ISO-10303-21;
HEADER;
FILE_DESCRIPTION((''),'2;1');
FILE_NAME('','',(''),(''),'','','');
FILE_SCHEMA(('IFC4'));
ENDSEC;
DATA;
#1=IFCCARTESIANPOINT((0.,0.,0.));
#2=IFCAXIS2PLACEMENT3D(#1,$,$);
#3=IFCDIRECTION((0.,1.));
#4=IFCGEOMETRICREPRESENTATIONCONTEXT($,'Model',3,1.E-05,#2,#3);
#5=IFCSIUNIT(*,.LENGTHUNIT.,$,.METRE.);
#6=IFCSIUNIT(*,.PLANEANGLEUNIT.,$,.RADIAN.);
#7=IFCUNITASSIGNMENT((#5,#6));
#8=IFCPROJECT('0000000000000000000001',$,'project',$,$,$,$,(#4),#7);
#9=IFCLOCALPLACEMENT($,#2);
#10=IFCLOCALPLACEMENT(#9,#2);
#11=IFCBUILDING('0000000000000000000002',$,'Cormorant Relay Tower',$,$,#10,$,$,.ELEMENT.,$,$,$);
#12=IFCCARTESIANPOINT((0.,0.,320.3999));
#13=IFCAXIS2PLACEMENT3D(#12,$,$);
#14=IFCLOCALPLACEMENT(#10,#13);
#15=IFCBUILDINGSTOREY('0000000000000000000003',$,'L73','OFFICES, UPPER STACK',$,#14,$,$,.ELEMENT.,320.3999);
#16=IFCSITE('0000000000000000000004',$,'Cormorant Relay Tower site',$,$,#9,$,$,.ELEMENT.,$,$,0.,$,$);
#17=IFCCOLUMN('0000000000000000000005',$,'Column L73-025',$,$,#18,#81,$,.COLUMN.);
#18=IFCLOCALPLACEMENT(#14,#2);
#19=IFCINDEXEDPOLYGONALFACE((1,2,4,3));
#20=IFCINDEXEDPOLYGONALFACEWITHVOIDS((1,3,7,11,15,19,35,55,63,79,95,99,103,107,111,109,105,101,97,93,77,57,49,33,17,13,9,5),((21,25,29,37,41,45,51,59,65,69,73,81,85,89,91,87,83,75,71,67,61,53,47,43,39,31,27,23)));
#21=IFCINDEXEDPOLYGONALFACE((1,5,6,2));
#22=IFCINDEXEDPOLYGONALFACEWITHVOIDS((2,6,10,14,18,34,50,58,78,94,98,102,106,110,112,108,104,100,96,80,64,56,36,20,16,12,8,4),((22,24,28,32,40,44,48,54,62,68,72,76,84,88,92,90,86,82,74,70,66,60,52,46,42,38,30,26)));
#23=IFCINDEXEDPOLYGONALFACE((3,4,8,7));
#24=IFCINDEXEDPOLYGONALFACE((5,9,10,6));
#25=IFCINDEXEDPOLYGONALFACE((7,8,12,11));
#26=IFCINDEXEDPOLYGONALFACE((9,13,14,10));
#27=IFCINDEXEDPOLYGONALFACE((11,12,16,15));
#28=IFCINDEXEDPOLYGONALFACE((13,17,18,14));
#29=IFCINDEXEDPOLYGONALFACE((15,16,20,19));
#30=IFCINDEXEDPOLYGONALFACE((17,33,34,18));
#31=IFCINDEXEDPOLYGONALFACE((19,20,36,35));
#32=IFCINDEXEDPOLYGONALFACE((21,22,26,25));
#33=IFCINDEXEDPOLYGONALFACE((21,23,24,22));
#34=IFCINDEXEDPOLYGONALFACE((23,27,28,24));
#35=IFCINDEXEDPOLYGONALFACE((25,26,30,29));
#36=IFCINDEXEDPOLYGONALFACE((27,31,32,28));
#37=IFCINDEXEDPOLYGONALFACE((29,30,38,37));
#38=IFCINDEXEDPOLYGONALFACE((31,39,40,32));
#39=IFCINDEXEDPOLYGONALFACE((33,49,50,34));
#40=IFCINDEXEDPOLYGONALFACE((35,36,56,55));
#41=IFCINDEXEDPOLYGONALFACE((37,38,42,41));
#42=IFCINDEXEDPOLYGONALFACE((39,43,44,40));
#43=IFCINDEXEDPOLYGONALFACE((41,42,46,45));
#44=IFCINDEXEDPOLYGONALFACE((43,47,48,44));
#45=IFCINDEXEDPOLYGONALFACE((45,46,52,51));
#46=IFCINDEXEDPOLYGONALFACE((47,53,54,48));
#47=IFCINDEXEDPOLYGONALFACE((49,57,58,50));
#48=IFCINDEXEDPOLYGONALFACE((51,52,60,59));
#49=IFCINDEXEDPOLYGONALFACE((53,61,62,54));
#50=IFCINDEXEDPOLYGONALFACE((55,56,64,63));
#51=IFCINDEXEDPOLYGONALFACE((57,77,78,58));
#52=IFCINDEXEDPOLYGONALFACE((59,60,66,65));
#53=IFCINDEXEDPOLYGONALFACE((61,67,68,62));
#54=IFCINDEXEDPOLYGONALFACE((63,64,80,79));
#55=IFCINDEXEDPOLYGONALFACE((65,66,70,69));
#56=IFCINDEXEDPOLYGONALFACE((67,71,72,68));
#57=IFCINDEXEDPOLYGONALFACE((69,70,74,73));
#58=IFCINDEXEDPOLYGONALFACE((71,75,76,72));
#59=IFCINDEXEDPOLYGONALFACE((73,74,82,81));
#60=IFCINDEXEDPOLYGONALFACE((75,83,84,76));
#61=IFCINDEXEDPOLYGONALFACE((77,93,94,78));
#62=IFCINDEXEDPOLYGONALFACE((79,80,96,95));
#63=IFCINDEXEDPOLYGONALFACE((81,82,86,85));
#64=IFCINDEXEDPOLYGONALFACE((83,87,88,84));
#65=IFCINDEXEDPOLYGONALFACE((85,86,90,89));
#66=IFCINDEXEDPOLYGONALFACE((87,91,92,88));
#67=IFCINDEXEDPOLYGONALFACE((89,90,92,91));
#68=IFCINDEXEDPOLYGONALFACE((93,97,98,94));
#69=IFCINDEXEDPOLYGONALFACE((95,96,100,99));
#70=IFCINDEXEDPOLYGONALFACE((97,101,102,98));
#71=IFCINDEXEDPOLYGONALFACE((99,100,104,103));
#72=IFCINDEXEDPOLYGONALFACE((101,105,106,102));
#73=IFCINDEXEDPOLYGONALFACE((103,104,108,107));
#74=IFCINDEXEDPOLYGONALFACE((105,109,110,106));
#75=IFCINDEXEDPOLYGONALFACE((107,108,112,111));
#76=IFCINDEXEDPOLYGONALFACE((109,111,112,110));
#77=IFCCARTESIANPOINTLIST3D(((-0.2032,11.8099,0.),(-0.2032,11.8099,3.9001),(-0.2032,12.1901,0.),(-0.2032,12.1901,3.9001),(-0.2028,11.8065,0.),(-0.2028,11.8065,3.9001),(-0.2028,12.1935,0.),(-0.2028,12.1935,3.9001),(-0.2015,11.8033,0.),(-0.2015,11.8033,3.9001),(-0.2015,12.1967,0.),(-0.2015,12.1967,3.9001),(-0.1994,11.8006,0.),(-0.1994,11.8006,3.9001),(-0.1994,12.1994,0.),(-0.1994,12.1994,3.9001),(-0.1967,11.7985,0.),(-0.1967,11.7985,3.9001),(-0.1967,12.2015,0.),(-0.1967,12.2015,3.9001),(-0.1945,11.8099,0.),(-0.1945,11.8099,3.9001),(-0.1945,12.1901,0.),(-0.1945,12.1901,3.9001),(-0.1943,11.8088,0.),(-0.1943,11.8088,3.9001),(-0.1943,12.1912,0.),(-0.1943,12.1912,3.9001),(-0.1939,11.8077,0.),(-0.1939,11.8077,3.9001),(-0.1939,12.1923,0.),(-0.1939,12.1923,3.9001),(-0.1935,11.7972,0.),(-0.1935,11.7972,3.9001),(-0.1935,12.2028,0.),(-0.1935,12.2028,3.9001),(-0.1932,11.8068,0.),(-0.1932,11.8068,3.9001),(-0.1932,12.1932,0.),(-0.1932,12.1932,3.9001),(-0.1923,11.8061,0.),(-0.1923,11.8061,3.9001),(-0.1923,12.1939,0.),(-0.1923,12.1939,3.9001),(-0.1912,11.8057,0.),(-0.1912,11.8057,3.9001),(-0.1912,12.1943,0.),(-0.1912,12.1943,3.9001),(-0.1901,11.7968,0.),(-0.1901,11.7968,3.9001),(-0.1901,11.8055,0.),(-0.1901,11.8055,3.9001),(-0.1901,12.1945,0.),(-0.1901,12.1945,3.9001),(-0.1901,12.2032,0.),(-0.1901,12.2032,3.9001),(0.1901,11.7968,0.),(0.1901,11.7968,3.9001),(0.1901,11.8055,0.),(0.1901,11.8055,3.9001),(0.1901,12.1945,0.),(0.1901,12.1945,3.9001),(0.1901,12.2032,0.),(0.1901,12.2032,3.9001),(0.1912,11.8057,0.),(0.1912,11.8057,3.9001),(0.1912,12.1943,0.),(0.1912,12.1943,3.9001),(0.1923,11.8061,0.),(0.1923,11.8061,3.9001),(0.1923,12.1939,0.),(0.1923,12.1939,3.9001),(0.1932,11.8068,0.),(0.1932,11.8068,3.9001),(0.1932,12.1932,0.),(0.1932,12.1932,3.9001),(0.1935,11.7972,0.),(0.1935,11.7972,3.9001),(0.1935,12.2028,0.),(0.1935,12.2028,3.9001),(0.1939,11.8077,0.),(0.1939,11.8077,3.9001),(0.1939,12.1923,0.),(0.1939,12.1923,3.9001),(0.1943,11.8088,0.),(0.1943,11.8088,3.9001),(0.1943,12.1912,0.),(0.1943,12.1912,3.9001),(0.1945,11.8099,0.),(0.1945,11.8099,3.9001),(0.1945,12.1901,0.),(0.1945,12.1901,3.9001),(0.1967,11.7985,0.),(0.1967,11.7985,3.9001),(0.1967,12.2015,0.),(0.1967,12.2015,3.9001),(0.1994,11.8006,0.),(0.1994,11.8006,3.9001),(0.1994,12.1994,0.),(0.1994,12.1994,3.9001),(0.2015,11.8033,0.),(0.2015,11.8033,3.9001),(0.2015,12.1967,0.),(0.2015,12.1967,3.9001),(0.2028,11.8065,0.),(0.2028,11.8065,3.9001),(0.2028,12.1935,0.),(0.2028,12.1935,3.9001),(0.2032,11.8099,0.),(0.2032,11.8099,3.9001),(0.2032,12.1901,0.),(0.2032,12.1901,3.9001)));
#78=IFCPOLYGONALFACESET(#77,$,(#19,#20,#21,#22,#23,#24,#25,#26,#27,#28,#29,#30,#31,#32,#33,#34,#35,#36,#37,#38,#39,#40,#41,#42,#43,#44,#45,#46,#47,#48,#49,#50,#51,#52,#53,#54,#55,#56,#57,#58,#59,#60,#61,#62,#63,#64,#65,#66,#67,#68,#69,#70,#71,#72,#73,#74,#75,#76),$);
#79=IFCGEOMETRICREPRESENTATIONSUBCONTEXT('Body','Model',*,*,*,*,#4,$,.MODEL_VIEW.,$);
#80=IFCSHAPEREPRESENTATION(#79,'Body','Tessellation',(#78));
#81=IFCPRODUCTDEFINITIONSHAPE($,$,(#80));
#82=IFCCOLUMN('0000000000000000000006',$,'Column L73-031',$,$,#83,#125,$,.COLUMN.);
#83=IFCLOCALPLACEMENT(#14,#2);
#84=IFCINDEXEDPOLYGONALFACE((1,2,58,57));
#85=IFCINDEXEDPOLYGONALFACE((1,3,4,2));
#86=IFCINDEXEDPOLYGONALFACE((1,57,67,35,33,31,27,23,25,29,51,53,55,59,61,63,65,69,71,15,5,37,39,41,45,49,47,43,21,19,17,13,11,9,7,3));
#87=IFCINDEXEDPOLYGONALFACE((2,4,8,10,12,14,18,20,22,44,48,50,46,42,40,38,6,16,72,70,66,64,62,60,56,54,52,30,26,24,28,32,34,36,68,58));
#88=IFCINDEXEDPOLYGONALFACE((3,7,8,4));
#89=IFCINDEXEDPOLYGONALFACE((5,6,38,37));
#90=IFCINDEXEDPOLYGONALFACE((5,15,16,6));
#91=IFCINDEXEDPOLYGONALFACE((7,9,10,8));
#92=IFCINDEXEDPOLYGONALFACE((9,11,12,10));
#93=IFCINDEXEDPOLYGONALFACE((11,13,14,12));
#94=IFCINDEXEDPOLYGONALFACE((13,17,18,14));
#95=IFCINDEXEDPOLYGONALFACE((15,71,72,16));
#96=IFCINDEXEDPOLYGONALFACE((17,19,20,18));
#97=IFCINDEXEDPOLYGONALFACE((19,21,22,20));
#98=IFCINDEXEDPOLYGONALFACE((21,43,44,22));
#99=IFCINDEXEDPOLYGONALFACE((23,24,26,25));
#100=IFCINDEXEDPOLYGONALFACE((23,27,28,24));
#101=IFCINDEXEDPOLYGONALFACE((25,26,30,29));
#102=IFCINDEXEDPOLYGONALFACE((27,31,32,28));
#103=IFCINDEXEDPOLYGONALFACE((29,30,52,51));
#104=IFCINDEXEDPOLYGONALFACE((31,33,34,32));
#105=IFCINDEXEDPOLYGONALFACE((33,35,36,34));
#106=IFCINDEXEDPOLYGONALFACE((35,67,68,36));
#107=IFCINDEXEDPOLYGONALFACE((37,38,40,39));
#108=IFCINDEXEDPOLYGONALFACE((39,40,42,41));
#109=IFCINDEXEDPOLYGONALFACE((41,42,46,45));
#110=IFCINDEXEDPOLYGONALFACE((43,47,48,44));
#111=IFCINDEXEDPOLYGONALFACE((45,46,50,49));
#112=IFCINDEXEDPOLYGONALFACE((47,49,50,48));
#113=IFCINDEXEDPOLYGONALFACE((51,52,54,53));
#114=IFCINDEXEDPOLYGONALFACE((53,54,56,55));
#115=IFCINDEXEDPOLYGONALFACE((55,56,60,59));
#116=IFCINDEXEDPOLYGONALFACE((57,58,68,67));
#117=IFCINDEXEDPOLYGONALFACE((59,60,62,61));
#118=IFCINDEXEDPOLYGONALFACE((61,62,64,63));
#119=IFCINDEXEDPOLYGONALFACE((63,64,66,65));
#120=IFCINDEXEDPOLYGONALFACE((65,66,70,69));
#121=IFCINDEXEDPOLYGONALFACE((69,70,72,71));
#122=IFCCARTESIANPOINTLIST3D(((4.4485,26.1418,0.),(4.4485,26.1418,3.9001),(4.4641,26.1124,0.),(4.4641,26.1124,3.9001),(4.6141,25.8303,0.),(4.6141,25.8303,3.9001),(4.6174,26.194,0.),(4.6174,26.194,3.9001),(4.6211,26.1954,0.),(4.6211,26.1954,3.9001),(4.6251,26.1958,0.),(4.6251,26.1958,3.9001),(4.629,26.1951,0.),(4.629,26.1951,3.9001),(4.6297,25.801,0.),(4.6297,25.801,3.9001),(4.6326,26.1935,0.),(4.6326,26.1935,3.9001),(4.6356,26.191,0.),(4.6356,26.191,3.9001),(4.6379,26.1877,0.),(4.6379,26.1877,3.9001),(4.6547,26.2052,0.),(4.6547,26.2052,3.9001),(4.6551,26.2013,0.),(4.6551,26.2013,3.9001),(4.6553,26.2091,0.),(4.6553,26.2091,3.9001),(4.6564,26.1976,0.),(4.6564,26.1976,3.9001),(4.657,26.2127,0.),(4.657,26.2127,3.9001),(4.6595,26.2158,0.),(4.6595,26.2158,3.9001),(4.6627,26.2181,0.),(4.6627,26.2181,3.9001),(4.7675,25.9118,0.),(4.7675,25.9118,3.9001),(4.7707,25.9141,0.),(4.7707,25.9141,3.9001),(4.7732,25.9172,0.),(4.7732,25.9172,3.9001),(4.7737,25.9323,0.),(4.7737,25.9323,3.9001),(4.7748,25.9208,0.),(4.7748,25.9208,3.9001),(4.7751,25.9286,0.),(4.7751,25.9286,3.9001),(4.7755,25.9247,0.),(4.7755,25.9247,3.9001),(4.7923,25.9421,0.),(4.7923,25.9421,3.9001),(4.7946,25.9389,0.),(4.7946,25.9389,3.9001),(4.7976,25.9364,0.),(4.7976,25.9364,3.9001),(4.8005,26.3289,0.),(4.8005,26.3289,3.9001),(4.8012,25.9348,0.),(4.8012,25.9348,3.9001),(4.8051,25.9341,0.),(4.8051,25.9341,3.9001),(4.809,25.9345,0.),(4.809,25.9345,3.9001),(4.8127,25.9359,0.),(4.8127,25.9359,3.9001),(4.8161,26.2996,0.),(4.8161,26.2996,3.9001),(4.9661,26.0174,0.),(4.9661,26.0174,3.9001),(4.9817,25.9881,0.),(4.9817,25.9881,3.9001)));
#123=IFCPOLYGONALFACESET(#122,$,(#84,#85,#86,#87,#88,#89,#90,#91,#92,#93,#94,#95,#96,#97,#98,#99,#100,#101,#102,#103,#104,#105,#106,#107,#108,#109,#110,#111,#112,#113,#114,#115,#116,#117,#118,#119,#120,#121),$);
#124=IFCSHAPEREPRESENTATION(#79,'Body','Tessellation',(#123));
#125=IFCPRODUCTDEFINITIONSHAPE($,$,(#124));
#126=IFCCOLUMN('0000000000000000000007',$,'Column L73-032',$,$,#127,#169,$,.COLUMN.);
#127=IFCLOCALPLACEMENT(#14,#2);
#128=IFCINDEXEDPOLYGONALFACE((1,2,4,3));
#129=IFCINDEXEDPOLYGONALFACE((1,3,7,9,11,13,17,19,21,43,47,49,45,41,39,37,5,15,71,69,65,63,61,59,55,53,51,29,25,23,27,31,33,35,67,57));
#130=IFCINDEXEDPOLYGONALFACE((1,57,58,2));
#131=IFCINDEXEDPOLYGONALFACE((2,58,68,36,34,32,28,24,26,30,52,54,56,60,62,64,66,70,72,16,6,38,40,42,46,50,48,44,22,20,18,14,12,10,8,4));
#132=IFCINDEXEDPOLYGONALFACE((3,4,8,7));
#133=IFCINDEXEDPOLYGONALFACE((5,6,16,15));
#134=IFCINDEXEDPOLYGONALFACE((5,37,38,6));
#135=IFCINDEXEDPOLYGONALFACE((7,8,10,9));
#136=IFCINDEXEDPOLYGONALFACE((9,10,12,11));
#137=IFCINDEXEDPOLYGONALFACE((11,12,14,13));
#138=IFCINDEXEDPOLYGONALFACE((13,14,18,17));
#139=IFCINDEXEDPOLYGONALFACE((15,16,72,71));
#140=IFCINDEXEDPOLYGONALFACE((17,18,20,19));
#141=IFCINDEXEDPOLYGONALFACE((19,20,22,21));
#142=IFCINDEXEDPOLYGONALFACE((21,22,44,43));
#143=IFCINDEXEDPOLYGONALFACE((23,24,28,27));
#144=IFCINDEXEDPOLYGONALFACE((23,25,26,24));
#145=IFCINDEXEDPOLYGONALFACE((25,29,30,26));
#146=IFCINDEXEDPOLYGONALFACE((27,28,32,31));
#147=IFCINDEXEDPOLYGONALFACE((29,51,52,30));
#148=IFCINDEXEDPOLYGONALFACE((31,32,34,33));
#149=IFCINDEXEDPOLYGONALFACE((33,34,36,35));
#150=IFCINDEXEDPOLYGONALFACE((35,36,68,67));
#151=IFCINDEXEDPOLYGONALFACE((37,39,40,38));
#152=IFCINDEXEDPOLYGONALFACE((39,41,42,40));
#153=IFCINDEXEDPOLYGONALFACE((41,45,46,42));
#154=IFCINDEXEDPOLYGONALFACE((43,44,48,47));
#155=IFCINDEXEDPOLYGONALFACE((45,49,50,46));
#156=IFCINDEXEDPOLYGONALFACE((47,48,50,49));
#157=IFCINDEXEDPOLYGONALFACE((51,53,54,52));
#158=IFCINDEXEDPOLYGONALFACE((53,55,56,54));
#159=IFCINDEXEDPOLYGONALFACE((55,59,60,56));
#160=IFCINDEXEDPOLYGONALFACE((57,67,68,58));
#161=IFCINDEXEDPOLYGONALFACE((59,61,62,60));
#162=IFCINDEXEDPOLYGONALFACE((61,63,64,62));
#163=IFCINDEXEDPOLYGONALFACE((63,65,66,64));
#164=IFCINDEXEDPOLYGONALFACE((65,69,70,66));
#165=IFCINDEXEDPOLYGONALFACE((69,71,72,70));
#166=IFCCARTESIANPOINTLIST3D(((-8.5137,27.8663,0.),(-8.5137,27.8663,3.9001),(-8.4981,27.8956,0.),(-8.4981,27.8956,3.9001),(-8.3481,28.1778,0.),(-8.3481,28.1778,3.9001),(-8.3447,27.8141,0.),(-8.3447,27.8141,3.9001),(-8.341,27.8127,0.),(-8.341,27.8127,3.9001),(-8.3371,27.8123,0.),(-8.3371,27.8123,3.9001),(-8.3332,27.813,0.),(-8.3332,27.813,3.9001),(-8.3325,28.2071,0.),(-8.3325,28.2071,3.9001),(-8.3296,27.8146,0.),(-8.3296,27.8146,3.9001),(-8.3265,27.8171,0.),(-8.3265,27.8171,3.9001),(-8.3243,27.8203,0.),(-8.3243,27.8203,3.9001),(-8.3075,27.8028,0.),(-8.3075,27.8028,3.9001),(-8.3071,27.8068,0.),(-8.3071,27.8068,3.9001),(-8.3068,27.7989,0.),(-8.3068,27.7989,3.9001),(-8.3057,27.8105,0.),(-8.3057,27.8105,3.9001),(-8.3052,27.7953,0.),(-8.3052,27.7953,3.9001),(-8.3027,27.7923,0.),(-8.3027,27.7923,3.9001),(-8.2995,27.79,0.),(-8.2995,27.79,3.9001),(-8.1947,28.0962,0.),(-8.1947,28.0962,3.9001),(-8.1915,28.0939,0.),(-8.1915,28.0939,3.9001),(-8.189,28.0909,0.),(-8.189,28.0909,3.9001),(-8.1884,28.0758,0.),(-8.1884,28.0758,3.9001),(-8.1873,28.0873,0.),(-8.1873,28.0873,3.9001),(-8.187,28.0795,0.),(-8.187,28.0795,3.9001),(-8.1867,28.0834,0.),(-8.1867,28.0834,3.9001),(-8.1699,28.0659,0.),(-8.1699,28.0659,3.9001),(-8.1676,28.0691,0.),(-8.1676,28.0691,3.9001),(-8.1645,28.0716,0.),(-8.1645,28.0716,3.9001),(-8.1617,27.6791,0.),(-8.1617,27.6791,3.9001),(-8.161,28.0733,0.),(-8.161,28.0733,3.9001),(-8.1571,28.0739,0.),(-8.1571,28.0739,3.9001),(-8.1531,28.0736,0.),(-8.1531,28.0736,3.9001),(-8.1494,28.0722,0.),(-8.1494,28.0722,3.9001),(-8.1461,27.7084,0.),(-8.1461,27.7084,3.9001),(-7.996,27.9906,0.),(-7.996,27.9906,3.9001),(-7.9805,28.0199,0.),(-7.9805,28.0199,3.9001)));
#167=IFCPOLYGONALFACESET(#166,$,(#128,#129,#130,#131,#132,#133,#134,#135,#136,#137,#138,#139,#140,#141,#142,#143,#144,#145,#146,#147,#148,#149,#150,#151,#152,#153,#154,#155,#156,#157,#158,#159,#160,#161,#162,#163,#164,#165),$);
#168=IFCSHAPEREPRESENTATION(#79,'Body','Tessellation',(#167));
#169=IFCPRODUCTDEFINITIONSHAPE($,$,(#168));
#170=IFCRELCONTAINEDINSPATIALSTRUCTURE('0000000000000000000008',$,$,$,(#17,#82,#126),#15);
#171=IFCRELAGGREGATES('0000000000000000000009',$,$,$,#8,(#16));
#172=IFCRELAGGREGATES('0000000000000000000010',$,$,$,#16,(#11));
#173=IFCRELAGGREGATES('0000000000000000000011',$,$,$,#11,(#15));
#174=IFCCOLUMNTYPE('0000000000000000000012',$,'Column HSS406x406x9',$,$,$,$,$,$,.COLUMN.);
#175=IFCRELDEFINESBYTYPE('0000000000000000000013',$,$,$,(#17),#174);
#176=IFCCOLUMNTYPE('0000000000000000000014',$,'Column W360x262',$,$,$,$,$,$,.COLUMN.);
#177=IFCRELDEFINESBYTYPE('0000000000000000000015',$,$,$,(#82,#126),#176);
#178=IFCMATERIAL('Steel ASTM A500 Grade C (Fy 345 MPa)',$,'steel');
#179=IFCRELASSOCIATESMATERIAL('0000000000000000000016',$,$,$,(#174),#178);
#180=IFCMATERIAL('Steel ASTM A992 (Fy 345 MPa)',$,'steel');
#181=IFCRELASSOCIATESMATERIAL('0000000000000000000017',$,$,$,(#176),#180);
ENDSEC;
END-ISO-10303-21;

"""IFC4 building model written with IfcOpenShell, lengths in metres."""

from ifc_helpers import new_model, si_unit, direction, frame, origin, origin_2d, place, context, subcontext, project, spatial, hollow_rectangle, i_section, extrude, material, material_profile, profile_set, type_object, element, save


model = new_model("IFC4")

# Units and contexts
model_context = context("Model", 3, precision=1e-05, world=origin(), true_north=direction((0.0, 1.0)))
body_context = subcontext(model_context, "Body", "Model", "MODEL_VIEW")
ifc_project = project(units=[si_unit("LENGTHUNIT", "METRE"), si_unit("PLANEANGLEUNIT", "RADIAN")], contexts=[model_context])

# Site, building, storey
site_placement = place(None, origin())
site = spatial("IfcSite", under=ifc_project, at=site_placement, Name="Cormorant Relay Tower site", CompositionType="ELEMENT", RefElevation=0.0)
building_placement = place(site_placement, origin())
building = spatial("IfcBuilding", under=site, at=building_placement, Name="Cormorant Relay Tower", CompositionType="ELEMENT")
storey_placement = place(building_placement, frame((0.0, 0.0, 320.3999)))
storey = spatial("IfcBuildingStorey", under=building, at=storey_placement, Name="L73", Description="OFFICES, UPPER STACK", CompositionType="ELEMENT", Elevation=320.3999)

# Columns
ifc_material_1 = material(Name="Steel ASTM A500 Grade C (Fy 345 MPa)", Category="steel")
ifc_material_profile_1 = material_profile(ifc_material_1, hollow_rectangle(XDim=0.4065, YDim=0.4065, WallThickness=0.0088, InnerFilletRadius=0.0044, OuterFilletRadius=0.0132, at=origin_2d()), Name="HSS406x406x9")
ifc_profile_set_1 = profile_set([ifc_material_profile_1], Name="Steel ASTM A500 Grade C (Fy 345 MPa)")
column_type_1 = type_object("IfcColumnType", Name="Column HSS406x406x9", PredefinedType="COLUMN", material=ifc_profile_set_1)
column_1_placement = place(storey_placement, frame((0.0, 12.0, 0.0), z_axis=(0.0, 0.0, 1.0), x_axis=(1.0, 0.0, 0.0)))
element("IfcColumn", 1, at=column_1_placement, inside=storey, type_object=column_type_1, Name="Column L73-025", PredefinedType="COLUMN", context=body_context, shape_type="SweptSolid", body=[
    extrude(hollow_rectangle(XDim=0.4065, YDim=0.4065, WallThickness=0.0088, InnerFilletRadius=0.0044, OuterFilletRadius=0.0132, at=origin_2d()), origin(), (0.0, 0.0, 1.0), 3.9001),
])
ifc_material_2 = material(Name="Steel ASTM A992 (Fy 345 MPa)", Category="steel")
ifc_material_profile_2 = material_profile(ifc_material_2, i_section(OverallWidth=0.3987, OverallDepth=0.386, WebThickness=0.021, FlangeThickness=0.0332, FilletRadius=0.0151, at=origin_2d()), Name="W360x262")
ifc_profile_set_2 = profile_set([ifc_material_profile_2], Name="Steel ASTM A992 (Fy 345 MPa)")
column_type_2 = type_object("IfcColumnType", Name="Column W360x262", PredefinedType="COLUMN", material=ifc_profile_set_2)
for number, where, z_axis, x_axis, name in (
    (2, (4.7151, 26.0649, 0.0), (0.0, 0.0, 1.0), (-0.882948, -0.469472, 0.0), "Column L73-031"),
    (3, (-8.2471, 27.9431, 0.0), (0.0, 0.0, 1.0), (-0.882948, 0.469472, 0.0), "Column L73-032"),
):
    element("IfcColumn", number, at=place(storey_placement, frame(where, z_axis=z_axis, x_axis=x_axis)), inside=storey, type_object=column_type_2, Name=name, PredefinedType="COLUMN", context=body_context, shape_type="SweptSolid", body=[
        extrude(i_section(OverallWidth=0.3987, OverallDepth=0.386, WebThickness=0.021, FlangeThickness=0.0332, FilletRadius=0.0151, at=origin_2d()), origin(), (0.0, 0.0, 1.0), 3.9001),
    ])

save(model, "model.ifc")
